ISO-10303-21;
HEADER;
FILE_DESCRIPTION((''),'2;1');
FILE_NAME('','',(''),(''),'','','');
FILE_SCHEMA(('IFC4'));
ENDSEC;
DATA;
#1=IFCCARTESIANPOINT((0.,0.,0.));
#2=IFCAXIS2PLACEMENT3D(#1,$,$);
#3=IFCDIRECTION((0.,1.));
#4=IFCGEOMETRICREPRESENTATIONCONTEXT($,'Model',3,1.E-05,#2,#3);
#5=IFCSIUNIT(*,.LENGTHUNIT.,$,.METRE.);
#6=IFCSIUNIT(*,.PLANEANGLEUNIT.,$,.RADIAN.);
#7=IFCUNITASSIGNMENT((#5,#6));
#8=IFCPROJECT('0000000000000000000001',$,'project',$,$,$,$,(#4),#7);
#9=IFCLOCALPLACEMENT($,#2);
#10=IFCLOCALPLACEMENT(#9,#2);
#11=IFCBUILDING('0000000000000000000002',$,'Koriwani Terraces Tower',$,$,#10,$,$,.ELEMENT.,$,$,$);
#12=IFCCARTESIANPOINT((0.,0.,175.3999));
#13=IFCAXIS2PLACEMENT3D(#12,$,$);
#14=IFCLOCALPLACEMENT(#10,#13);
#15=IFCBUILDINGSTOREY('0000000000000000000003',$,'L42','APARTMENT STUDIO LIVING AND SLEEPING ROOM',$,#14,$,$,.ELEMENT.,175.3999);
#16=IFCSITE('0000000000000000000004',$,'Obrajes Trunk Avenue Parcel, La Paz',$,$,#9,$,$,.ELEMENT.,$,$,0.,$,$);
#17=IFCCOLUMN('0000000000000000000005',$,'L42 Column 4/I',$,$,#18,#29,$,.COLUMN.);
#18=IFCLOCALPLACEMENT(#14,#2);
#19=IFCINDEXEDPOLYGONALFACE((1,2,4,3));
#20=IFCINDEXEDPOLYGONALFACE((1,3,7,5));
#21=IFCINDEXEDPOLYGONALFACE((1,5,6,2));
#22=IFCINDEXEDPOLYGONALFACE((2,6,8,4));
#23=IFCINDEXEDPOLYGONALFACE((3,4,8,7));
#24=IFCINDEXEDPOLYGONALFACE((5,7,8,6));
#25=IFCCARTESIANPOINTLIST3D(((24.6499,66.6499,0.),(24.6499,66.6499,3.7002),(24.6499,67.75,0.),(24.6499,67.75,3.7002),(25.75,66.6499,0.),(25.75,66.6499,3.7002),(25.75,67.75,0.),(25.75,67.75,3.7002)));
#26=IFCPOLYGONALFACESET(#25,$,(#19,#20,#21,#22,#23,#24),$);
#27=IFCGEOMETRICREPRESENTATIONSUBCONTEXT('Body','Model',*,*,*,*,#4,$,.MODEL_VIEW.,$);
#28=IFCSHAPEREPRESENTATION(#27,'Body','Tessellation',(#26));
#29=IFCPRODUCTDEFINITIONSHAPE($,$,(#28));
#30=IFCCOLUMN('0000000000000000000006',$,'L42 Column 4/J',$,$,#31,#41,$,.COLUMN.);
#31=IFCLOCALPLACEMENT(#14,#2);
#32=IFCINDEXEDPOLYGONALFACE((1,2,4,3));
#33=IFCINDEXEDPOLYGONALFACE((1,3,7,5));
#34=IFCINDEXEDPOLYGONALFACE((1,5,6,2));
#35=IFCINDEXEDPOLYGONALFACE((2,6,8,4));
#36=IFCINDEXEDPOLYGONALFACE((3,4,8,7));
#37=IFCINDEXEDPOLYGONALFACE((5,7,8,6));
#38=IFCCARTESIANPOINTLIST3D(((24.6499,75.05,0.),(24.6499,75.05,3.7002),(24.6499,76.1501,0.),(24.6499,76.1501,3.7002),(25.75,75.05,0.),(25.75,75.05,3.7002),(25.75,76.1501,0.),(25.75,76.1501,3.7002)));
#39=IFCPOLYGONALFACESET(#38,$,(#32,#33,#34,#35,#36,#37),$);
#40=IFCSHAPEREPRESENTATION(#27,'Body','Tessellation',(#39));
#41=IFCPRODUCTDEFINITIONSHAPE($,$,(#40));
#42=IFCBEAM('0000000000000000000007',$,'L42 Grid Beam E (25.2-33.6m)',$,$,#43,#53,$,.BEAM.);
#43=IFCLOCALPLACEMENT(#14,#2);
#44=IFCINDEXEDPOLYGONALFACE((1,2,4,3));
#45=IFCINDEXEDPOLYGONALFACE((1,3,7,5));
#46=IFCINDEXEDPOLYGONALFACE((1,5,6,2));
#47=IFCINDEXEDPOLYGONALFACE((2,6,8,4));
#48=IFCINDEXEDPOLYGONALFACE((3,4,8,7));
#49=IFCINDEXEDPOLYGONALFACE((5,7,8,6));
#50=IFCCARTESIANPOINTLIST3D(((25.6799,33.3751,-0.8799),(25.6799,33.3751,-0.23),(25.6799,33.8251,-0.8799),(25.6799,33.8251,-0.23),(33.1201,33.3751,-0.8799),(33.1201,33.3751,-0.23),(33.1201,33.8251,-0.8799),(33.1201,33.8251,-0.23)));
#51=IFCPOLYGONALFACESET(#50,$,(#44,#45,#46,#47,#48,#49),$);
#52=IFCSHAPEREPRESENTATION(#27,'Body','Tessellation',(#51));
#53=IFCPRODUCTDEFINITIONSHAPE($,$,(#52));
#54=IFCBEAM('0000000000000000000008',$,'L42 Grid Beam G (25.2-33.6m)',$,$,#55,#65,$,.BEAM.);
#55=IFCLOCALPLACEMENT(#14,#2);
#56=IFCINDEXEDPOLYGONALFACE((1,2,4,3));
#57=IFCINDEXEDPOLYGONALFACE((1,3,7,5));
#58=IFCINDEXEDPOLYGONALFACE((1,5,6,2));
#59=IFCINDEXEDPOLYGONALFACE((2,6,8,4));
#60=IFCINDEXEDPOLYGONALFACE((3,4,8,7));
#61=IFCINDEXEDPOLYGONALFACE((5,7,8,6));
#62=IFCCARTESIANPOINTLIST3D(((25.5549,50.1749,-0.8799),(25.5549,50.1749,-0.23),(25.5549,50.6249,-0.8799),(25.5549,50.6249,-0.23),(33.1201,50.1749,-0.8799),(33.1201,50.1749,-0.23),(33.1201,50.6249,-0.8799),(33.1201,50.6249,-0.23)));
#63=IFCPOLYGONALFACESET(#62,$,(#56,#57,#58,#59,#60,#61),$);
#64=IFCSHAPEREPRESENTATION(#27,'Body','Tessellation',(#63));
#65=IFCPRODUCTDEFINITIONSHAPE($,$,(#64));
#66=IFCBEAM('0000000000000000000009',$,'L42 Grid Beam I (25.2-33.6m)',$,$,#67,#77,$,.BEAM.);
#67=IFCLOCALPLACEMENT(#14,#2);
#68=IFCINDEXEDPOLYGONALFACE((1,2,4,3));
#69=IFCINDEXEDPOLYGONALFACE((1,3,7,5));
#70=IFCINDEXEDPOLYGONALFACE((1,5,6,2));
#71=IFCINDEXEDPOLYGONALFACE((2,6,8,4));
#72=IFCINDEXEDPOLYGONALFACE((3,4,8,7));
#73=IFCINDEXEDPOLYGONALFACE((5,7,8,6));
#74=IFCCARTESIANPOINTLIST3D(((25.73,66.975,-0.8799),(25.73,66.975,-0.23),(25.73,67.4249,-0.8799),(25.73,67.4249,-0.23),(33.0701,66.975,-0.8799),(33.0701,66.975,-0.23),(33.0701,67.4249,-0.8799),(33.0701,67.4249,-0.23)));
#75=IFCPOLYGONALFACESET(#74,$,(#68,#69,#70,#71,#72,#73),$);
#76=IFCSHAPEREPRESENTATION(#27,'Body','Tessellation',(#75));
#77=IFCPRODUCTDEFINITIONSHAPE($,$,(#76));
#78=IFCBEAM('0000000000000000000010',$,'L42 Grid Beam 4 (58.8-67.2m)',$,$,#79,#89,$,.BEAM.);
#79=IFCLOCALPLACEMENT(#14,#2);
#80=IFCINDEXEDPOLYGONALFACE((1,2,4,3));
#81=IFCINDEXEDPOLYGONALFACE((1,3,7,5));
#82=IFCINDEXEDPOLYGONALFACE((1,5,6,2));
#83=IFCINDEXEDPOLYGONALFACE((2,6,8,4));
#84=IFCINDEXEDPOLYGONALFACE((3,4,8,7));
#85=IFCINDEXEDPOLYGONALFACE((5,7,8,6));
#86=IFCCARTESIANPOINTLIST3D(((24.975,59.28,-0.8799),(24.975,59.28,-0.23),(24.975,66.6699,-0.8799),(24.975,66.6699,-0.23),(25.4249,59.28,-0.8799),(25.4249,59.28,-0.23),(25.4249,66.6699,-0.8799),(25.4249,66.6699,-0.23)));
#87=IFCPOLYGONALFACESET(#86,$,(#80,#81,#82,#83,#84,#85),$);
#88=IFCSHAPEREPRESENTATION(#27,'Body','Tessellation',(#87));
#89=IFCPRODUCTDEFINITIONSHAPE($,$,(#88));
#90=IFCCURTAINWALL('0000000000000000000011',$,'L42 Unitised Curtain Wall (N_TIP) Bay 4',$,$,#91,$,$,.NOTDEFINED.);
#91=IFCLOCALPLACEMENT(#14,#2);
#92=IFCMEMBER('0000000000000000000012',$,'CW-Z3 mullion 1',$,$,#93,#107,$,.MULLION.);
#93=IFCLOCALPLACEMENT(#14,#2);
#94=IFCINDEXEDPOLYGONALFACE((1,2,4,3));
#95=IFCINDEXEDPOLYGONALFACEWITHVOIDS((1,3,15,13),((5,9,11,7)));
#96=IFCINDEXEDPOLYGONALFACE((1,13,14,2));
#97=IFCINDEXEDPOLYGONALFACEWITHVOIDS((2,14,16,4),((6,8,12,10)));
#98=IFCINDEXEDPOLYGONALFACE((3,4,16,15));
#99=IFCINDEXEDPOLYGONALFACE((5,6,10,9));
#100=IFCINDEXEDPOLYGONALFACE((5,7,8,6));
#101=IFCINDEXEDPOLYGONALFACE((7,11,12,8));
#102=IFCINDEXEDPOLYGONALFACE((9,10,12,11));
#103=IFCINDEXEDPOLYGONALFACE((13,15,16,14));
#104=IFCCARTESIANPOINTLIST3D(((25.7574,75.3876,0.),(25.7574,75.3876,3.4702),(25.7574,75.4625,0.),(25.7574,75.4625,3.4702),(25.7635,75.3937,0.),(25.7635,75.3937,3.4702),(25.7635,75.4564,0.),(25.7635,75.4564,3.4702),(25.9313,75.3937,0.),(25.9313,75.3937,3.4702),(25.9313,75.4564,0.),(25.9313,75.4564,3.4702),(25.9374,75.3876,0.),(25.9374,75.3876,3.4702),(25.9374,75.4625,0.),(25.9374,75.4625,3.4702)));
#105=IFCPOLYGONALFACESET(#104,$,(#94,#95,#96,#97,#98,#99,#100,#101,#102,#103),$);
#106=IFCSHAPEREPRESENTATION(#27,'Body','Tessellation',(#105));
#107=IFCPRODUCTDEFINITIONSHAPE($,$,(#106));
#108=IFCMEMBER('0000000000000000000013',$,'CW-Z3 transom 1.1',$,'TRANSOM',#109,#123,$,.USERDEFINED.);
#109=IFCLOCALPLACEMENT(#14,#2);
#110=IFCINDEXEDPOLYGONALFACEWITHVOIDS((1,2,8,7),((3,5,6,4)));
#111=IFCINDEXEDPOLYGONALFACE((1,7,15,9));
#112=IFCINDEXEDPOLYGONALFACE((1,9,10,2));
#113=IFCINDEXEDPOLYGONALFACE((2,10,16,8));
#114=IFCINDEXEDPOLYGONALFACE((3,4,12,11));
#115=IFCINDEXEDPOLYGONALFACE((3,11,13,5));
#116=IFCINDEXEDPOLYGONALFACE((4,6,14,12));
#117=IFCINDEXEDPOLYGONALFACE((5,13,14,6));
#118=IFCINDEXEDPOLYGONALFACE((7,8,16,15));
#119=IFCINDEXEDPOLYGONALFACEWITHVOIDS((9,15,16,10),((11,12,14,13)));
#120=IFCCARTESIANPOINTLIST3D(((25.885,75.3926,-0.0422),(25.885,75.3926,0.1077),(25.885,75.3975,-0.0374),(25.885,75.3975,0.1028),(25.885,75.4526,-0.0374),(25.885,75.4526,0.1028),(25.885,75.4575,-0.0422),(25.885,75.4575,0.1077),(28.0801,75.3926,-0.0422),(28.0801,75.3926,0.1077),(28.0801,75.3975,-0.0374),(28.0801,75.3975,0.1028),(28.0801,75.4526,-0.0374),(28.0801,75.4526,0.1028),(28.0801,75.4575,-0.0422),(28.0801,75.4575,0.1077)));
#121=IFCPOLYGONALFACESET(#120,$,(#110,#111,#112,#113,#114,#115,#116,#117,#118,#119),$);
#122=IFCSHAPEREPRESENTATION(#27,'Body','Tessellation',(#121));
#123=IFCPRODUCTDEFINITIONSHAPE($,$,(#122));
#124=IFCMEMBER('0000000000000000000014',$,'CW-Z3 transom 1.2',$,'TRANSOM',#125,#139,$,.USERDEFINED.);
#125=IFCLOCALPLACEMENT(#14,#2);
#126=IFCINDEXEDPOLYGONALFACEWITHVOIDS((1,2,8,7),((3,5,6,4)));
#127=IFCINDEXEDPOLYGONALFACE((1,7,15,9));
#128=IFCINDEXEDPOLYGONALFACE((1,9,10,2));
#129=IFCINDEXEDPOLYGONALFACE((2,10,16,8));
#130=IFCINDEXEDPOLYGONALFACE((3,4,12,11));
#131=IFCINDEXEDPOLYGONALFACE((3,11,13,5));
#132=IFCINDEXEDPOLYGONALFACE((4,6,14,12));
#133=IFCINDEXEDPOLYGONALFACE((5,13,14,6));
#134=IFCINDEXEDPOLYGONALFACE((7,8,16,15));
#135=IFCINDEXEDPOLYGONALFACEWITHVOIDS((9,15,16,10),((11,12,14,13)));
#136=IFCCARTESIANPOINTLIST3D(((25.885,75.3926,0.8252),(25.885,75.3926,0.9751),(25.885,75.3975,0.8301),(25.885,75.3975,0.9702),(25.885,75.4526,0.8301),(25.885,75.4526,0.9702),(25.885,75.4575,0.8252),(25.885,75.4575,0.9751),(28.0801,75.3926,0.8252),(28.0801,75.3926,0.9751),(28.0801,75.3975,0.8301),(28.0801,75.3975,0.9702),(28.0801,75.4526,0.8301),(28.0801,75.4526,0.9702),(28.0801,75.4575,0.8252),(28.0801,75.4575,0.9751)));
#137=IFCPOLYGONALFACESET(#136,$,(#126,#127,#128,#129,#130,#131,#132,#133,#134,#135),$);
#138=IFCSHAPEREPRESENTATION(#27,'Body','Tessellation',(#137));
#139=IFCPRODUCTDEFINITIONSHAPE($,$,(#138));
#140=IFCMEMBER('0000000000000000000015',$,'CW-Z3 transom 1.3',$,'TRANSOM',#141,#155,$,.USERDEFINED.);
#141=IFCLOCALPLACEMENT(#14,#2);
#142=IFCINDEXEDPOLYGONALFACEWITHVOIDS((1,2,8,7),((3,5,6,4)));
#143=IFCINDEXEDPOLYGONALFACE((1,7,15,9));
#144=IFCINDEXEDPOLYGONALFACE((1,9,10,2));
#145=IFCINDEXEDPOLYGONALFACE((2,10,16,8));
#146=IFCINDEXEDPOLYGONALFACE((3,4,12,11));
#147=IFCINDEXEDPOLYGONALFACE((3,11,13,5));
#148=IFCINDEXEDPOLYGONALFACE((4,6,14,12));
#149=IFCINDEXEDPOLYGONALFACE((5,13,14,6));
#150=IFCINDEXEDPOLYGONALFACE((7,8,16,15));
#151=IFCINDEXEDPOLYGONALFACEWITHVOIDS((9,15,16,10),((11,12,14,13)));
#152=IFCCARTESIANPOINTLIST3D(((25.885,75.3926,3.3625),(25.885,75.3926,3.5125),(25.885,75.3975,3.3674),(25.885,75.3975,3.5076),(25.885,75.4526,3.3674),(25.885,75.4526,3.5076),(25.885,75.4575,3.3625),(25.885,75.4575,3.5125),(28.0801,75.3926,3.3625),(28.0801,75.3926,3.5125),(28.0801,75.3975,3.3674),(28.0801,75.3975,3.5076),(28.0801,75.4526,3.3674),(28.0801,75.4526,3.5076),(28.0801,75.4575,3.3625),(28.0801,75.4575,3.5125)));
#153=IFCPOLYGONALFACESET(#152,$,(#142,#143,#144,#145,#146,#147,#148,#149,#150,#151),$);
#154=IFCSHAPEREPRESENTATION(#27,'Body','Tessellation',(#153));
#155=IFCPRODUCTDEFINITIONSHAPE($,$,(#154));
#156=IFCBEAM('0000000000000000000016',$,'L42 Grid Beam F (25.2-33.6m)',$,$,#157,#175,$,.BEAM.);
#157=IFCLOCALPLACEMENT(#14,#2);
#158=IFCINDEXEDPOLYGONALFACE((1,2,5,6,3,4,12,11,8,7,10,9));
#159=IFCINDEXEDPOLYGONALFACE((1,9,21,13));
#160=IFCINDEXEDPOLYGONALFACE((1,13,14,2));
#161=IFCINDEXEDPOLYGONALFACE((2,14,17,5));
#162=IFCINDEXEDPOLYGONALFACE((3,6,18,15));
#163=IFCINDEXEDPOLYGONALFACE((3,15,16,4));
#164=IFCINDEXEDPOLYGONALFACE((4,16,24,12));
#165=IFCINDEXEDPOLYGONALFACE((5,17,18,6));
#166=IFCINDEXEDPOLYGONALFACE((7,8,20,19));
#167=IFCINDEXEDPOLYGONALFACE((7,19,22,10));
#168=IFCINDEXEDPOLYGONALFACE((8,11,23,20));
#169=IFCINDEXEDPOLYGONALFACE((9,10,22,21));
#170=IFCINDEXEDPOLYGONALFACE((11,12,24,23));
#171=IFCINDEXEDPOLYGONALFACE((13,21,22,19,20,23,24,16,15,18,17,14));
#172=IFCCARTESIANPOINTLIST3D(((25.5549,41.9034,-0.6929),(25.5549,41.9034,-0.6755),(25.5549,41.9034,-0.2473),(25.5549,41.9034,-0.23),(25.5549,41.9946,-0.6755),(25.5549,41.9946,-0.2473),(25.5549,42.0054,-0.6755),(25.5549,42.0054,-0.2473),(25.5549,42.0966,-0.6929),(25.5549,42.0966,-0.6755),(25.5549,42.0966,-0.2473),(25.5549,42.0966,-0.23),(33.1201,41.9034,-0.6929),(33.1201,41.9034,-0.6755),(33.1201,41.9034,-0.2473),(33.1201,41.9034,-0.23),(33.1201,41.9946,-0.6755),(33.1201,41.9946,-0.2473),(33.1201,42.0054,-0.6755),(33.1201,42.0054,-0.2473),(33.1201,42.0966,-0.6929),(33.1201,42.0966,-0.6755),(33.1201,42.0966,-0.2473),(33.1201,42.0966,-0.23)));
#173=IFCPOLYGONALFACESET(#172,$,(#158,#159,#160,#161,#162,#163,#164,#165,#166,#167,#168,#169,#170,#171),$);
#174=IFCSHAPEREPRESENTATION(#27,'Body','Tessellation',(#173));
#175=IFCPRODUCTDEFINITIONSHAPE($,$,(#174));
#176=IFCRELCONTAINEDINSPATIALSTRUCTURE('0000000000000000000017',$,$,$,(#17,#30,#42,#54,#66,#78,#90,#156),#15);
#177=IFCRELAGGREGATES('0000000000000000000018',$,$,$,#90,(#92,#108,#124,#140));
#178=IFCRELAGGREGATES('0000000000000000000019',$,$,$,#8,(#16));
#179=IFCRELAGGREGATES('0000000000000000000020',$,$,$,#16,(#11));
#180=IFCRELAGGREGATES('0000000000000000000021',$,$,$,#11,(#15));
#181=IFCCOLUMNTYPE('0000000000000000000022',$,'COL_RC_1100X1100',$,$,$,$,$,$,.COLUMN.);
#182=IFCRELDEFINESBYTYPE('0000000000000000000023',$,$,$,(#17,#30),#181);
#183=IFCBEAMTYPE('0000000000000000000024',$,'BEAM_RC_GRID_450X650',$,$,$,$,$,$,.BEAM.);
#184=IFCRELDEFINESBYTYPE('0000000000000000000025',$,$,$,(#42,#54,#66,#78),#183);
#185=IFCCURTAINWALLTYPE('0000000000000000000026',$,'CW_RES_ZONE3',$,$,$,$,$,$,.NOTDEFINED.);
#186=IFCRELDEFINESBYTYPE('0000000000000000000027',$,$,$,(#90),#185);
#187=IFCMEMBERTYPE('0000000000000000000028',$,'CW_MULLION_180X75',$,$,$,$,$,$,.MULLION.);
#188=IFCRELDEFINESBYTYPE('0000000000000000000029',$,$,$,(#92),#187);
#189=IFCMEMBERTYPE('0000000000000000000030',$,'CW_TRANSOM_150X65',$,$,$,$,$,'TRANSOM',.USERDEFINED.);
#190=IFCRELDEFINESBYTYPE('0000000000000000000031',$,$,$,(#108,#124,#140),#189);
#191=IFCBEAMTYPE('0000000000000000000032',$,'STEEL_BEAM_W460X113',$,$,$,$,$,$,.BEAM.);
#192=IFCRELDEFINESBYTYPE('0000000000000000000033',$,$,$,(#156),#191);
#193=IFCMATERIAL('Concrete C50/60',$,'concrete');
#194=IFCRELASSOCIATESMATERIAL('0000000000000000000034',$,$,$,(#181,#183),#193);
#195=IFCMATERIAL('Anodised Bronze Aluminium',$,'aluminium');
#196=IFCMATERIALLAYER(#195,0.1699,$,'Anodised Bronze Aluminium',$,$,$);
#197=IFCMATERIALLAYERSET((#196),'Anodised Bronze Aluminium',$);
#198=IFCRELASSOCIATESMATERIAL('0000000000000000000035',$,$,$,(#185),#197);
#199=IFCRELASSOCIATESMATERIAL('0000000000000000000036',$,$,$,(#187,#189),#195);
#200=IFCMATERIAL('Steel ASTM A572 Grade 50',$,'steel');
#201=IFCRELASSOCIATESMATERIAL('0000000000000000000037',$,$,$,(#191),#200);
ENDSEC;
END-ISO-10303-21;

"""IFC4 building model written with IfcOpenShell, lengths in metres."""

from ifc_helpers import new_model, si_unit, direction, frame, origin, origin_2d, place, context, subcontext, project, spatial, rectangle, hollow_rectangle, i_section, extrude, material, layer, layer_set, material_profile, profile_set, type_object, element, aggregate, save


model = new_model("IFC4")

# Units and contexts
model_context = context("Model", 3, precision=1e-05, world=origin(), true_north=direction((0.0, 1.0)))
body_context = subcontext(model_context, "Body", "Model", "MODEL_VIEW")
ifc_project = project(units=[si_unit("LENGTHUNIT", "METRE"), si_unit("PLANEANGLEUNIT", "RADIAN")], contexts=[model_context])

# Site, building, storey
site_placement = place(None, origin())
site = spatial("IfcSite", under=ifc_project, at=site_placement, Name="Obrajes Trunk Avenue Parcel, La Paz", CompositionType="ELEMENT", RefElevation=0.0)
building_placement = place(site_placement, origin())
building = spatial("IfcBuilding", under=site, at=building_placement, Name="Koriwani Terraces Tower", CompositionType="ELEMENT")
storey_placement = place(building_placement, frame((0.0, 0.0, 175.3999)))
storey = spatial("IfcBuildingStorey", under=building, at=storey_placement, Name="L42", Description="APARTMENT STUDIO LIVING AND SLEEPING ROOM", CompositionType="ELEMENT", Elevation=175.3999)

# Columns
ifc_material_1 = material(Name="Concrete C50/60", Category="concrete")
ifc_material_profile_1 = material_profile(ifc_material_1, rectangle(XDim=1.1001, YDim=1.1001, at=origin_2d()), Name="Concrete C50/60", Category="LoadBearing")
ifc_profile_set_1 = profile_set([ifc_material_profile_1], Name="Concrete C50/60")
column_type = type_object("IfcColumnType", Name="COL_RC_1100X1100", PredefinedType="COLUMN", material=ifc_profile_set_1)
for number, where, z_axis, x_axis, name in (
    (1, (25.2, 67.2, 0.0), (0.0, 0.0, 1.0), (1.0, 0.0, 0.0), "L42 Column 4/I"),
    (2, (25.2, 75.6001, 0.0), (0.0, 0.0, 1.0), (1.0, 0.0, 0.0), "L42 Column 4/J"),
):
    element("IfcColumn", number, at=place(storey_placement, frame(where, z_axis=z_axis, x_axis=x_axis)), inside=storey, type_object=column_type, Name=name, PredefinedType="COLUMN", context=body_context, shape_type="SweptSolid", body=[
        extrude(rectangle(XDim=1.1001, YDim=1.1001, at=origin_2d()), origin(), (0.0, 0.0, 1.0), 3.7002),
    ])

# Beams
ifc_material_profile_2 = material_profile(ifc_material_1, rectangle(XDim=0.45, YDim=0.6499, at=origin_2d()), Name="Concrete C50/60", Category="LoadBearing")
ifc_profile_set_2 = profile_set([ifc_material_profile_2], Name="Concrete C50/60")
beam_type_1 = type_object("IfcBeamType", Name="BEAM_RC_GRID_450X650", PredefinedType="BEAM", material=ifc_profile_set_2)
beam_1_placement = place(storey_placement, frame((25.6799, 33.6001, -0.5549), z_axis=(1.0, 0.0, 0.0), x_axis=(0.0, 1.0, 0.0)))
element("IfcBeam", 3, at=beam_1_placement, inside=storey, type_object=beam_type_1, Name="L42 Grid Beam E (25.2-33.6m)", PredefinedType="BEAM", context=body_context, shape_type="SweptSolid", body=[
    extrude(rectangle(XDim=0.45, YDim=0.6499, at=origin_2d()), origin(), (0.0, 0.0, 1.0), 7.4402),
])
beam_2_placement = place(storey_placement, frame((25.5549, 50.3999, -0.5549), z_axis=(1.0, 0.0, 0.0), x_axis=(0.0, 1.0, 0.0)))
element("IfcBeam", 4, at=beam_2_placement, inside=storey, type_object=beam_type_1, Name="L42 Grid Beam G (25.2-33.6m)", PredefinedType="BEAM", context=body_context, shape_type="SweptSolid", body=[
    extrude(rectangle(XDim=0.45, YDim=0.6499, at=origin_2d()), origin(), (0.0, 0.0, 1.0), 7.5652),
])
beam_3_placement = place(storey_placement, frame((25.73, 67.2, -0.5549), z_axis=(1.0, 0.0, 0.0), x_axis=(0.0, 1.0, 0.0)))
element("IfcBeam", 5, at=beam_3_placement, inside=storey, type_object=beam_type_1, Name="L42 Grid Beam I (25.2-33.6m)", PredefinedType="BEAM", context=body_context, shape_type="SweptSolid", body=[
    extrude(rectangle(XDim=0.45, YDim=0.6499, at=origin_2d()), origin(), (0.0, 0.0, 1.0), 7.3401),
])
beam_4_placement = place(storey_placement, frame((25.2, 59.28, -0.5549), z_axis=(0.0, 1.0, 0.0), x_axis=(-1.0, 0.0, 0.0)))
element("IfcBeam", 6, at=beam_4_placement, inside=storey, type_object=beam_type_1, Name="L42 Grid Beam 4 (58.8-67.2m)", PredefinedType="BEAM", context=body_context, shape_type="SweptSolid", body=[
    extrude(rectangle(XDim=0.45, YDim=0.6499, at=origin_2d()), origin(), (0.0, 0.0, 1.0), 7.3899),
])

# Curtain wall, members
ifc_material_2 = material(Name="Anodised Bronze Aluminium", Category="aluminium")
ifc_layer_1 = layer(ifc_material_2, 0.1699, Name="Anodised Bronze Aluminium")
ifc_layer_set_1 = layer_set([ifc_layer_1], Name="Anodised Bronze Aluminium")
curtain_wall_type = type_object("IfcCurtainWallType", Name="CW_RES_ZONE3", PredefinedType="NOTDEFINED", material=ifc_layer_set_1)
curtain_wall_placement = place(storey_placement, origin())
curtain_wall = element("IfcCurtainWall", 7, at=curtain_wall_placement, inside=storey, type_object=curtain_wall_type, Name="L42 Unitised Curtain Wall (N_TIP) Bay 4", PredefinedType="NOTDEFINED")
ifc_material_profile_3 = material_profile(ifc_material_2, hollow_rectangle(XDim=0.075, YDim=0.1799, WallThickness=0.0061, at=origin_2d()), Name="Anodised Bronze Aluminium", Category="LoadBearing")
ifc_profile_set_3 = profile_set([ifc_material_profile_3], Name="Anodised Bronze Aluminium")
member_type_1 = type_object("IfcMemberType", Name="CW_MULLION_180X75", PredefinedType="MULLION", material=ifc_profile_set_3)
member_1_placement = place(storey_placement, frame((25.8474, 75.425, 0.0), z_axis=(0.0, 0.0, 1.0), x_axis=(0.0, 1.0, 0.0)))
member_1 = element("IfcMember", 8, at=member_1_placement, type_object=member_type_1, Name="CW-Z3 mullion 1", PredefinedType="MULLION", context=body_context, shape_type="SweptSolid", body=[
    extrude(hollow_rectangle(XDim=0.075, YDim=0.1799, WallThickness=0.0061, at=origin_2d()), origin(), (0.0, 0.0, 1.0), 3.4702),
])
ifc_material_profile_4 = material_profile(ifc_material_2, hollow_rectangle(XDim=0.0649, YDim=0.1499, WallThickness=0.0049, at=origin_2d()), Name="Anodised Bronze Aluminium", Category="LoadBearing")
ifc_profile_set_4 = profile_set([ifc_material_profile_4], Name="Anodised Bronze Aluminium")
member_type_2 = type_object("IfcMemberType", Name="CW_TRANSOM_150X65", ElementType="TRANSOM", PredefinedType="USERDEFINED", material=ifc_profile_set_4)
member_2_placement = place(storey_placement, frame((25.885, 75.425, 0.0327), z_axis=(1.0, 0.0, 0.0), x_axis=(0.0, 1.0, 0.0)))
member_2 = element("IfcMember", 9, at=member_2_placement, type_object=member_type_2, Name="CW-Z3 transom 1.1", ObjectType="TRANSOM", PredefinedType="USERDEFINED", context=body_context, shape_type="SweptSolid", body=[
    extrude(hollow_rectangle(XDim=0.0649, YDim=0.1499, WallThickness=0.0049, at=origin_2d()), origin(), (0.0, 0.0, 1.0), 2.1951),
])
member_3_placement = place(storey_placement, frame((25.885, 75.425, 0.9001), z_axis=(1.0, 0.0, 0.0), x_axis=(0.0, 1.0, 0.0)))
member_3 = element("IfcMember", 10, at=member_3_placement, type_object=member_type_2, Name="CW-Z3 transom 1.2", ObjectType="TRANSOM", PredefinedType="USERDEFINED", context=body_context, shape_type="SweptSolid", body=[
    extrude(hollow_rectangle(XDim=0.0649, YDim=0.1499, WallThickness=0.0049, at=origin_2d()), origin(), (0.0, 0.0, 1.0), 2.1951),
])
member_4_placement = place(storey_placement, frame((25.885, 75.425, 3.4375), z_axis=(1.0, 0.0, 0.0), x_axis=(0.0, 1.0, 0.0)))
member_4 = element("IfcMember", 11, at=member_4_placement, type_object=member_type_2, Name="CW-Z3 transom 1.3", ObjectType="TRANSOM", PredefinedType="USERDEFINED", context=body_context, shape_type="SweptSolid", body=[
    extrude(hollow_rectangle(XDim=0.0649, YDim=0.1499, WallThickness=0.0049, at=origin_2d()), origin(), (0.0, 0.0, 1.0), 2.1951),
])

# Beam
ifc_material_3 = material(Name="Steel ASTM A572 Grade 50", Category="steel")
ifc_material_profile_5 = material_profile(ifc_material_3, i_section(OverallWidth=0.1931, OverallDepth=0.4629, WebThickness=0.0107, FlangeThickness=0.0173, at=origin_2d()), Name="Steel ASTM A572 Grade 50", Category="LoadBearing")
ifc_profile_set_5 = profile_set([ifc_material_profile_5], Name="Steel ASTM A572 Grade 50")
beam_type_2 = type_object("IfcBeamType", Name="STEEL_BEAM_W460X113", PredefinedType="BEAM", material=ifc_profile_set_5)
for number, where, z_axis, x_axis, name in (
    (12, (25.5549, 42.0, -0.4614), (1.0, 0.0, 0.0), (0.0, 1.0, 0.0), "L42 Grid Beam F (25.2-33.6m)"),
):
    element("IfcBeam", number, at=place(storey_placement, frame(where, z_axis=z_axis, x_axis=x_axis)), inside=storey, type_object=beam_type_2, Name=name, PredefinedType="BEAM", context=body_context, shape_type="SweptSolid", body=[
        extrude(i_section(OverallWidth=0.1931, OverallDepth=0.4629, WebThickness=0.0107, FlangeThickness=0.0173, at=origin_2d()), origin(), (0.0, 0.0, 1.0), 7.5652),
    ])

aggregate(curtain_wall, [member_1, member_2, member_3, member_4])

save(model, "model.ifc")
